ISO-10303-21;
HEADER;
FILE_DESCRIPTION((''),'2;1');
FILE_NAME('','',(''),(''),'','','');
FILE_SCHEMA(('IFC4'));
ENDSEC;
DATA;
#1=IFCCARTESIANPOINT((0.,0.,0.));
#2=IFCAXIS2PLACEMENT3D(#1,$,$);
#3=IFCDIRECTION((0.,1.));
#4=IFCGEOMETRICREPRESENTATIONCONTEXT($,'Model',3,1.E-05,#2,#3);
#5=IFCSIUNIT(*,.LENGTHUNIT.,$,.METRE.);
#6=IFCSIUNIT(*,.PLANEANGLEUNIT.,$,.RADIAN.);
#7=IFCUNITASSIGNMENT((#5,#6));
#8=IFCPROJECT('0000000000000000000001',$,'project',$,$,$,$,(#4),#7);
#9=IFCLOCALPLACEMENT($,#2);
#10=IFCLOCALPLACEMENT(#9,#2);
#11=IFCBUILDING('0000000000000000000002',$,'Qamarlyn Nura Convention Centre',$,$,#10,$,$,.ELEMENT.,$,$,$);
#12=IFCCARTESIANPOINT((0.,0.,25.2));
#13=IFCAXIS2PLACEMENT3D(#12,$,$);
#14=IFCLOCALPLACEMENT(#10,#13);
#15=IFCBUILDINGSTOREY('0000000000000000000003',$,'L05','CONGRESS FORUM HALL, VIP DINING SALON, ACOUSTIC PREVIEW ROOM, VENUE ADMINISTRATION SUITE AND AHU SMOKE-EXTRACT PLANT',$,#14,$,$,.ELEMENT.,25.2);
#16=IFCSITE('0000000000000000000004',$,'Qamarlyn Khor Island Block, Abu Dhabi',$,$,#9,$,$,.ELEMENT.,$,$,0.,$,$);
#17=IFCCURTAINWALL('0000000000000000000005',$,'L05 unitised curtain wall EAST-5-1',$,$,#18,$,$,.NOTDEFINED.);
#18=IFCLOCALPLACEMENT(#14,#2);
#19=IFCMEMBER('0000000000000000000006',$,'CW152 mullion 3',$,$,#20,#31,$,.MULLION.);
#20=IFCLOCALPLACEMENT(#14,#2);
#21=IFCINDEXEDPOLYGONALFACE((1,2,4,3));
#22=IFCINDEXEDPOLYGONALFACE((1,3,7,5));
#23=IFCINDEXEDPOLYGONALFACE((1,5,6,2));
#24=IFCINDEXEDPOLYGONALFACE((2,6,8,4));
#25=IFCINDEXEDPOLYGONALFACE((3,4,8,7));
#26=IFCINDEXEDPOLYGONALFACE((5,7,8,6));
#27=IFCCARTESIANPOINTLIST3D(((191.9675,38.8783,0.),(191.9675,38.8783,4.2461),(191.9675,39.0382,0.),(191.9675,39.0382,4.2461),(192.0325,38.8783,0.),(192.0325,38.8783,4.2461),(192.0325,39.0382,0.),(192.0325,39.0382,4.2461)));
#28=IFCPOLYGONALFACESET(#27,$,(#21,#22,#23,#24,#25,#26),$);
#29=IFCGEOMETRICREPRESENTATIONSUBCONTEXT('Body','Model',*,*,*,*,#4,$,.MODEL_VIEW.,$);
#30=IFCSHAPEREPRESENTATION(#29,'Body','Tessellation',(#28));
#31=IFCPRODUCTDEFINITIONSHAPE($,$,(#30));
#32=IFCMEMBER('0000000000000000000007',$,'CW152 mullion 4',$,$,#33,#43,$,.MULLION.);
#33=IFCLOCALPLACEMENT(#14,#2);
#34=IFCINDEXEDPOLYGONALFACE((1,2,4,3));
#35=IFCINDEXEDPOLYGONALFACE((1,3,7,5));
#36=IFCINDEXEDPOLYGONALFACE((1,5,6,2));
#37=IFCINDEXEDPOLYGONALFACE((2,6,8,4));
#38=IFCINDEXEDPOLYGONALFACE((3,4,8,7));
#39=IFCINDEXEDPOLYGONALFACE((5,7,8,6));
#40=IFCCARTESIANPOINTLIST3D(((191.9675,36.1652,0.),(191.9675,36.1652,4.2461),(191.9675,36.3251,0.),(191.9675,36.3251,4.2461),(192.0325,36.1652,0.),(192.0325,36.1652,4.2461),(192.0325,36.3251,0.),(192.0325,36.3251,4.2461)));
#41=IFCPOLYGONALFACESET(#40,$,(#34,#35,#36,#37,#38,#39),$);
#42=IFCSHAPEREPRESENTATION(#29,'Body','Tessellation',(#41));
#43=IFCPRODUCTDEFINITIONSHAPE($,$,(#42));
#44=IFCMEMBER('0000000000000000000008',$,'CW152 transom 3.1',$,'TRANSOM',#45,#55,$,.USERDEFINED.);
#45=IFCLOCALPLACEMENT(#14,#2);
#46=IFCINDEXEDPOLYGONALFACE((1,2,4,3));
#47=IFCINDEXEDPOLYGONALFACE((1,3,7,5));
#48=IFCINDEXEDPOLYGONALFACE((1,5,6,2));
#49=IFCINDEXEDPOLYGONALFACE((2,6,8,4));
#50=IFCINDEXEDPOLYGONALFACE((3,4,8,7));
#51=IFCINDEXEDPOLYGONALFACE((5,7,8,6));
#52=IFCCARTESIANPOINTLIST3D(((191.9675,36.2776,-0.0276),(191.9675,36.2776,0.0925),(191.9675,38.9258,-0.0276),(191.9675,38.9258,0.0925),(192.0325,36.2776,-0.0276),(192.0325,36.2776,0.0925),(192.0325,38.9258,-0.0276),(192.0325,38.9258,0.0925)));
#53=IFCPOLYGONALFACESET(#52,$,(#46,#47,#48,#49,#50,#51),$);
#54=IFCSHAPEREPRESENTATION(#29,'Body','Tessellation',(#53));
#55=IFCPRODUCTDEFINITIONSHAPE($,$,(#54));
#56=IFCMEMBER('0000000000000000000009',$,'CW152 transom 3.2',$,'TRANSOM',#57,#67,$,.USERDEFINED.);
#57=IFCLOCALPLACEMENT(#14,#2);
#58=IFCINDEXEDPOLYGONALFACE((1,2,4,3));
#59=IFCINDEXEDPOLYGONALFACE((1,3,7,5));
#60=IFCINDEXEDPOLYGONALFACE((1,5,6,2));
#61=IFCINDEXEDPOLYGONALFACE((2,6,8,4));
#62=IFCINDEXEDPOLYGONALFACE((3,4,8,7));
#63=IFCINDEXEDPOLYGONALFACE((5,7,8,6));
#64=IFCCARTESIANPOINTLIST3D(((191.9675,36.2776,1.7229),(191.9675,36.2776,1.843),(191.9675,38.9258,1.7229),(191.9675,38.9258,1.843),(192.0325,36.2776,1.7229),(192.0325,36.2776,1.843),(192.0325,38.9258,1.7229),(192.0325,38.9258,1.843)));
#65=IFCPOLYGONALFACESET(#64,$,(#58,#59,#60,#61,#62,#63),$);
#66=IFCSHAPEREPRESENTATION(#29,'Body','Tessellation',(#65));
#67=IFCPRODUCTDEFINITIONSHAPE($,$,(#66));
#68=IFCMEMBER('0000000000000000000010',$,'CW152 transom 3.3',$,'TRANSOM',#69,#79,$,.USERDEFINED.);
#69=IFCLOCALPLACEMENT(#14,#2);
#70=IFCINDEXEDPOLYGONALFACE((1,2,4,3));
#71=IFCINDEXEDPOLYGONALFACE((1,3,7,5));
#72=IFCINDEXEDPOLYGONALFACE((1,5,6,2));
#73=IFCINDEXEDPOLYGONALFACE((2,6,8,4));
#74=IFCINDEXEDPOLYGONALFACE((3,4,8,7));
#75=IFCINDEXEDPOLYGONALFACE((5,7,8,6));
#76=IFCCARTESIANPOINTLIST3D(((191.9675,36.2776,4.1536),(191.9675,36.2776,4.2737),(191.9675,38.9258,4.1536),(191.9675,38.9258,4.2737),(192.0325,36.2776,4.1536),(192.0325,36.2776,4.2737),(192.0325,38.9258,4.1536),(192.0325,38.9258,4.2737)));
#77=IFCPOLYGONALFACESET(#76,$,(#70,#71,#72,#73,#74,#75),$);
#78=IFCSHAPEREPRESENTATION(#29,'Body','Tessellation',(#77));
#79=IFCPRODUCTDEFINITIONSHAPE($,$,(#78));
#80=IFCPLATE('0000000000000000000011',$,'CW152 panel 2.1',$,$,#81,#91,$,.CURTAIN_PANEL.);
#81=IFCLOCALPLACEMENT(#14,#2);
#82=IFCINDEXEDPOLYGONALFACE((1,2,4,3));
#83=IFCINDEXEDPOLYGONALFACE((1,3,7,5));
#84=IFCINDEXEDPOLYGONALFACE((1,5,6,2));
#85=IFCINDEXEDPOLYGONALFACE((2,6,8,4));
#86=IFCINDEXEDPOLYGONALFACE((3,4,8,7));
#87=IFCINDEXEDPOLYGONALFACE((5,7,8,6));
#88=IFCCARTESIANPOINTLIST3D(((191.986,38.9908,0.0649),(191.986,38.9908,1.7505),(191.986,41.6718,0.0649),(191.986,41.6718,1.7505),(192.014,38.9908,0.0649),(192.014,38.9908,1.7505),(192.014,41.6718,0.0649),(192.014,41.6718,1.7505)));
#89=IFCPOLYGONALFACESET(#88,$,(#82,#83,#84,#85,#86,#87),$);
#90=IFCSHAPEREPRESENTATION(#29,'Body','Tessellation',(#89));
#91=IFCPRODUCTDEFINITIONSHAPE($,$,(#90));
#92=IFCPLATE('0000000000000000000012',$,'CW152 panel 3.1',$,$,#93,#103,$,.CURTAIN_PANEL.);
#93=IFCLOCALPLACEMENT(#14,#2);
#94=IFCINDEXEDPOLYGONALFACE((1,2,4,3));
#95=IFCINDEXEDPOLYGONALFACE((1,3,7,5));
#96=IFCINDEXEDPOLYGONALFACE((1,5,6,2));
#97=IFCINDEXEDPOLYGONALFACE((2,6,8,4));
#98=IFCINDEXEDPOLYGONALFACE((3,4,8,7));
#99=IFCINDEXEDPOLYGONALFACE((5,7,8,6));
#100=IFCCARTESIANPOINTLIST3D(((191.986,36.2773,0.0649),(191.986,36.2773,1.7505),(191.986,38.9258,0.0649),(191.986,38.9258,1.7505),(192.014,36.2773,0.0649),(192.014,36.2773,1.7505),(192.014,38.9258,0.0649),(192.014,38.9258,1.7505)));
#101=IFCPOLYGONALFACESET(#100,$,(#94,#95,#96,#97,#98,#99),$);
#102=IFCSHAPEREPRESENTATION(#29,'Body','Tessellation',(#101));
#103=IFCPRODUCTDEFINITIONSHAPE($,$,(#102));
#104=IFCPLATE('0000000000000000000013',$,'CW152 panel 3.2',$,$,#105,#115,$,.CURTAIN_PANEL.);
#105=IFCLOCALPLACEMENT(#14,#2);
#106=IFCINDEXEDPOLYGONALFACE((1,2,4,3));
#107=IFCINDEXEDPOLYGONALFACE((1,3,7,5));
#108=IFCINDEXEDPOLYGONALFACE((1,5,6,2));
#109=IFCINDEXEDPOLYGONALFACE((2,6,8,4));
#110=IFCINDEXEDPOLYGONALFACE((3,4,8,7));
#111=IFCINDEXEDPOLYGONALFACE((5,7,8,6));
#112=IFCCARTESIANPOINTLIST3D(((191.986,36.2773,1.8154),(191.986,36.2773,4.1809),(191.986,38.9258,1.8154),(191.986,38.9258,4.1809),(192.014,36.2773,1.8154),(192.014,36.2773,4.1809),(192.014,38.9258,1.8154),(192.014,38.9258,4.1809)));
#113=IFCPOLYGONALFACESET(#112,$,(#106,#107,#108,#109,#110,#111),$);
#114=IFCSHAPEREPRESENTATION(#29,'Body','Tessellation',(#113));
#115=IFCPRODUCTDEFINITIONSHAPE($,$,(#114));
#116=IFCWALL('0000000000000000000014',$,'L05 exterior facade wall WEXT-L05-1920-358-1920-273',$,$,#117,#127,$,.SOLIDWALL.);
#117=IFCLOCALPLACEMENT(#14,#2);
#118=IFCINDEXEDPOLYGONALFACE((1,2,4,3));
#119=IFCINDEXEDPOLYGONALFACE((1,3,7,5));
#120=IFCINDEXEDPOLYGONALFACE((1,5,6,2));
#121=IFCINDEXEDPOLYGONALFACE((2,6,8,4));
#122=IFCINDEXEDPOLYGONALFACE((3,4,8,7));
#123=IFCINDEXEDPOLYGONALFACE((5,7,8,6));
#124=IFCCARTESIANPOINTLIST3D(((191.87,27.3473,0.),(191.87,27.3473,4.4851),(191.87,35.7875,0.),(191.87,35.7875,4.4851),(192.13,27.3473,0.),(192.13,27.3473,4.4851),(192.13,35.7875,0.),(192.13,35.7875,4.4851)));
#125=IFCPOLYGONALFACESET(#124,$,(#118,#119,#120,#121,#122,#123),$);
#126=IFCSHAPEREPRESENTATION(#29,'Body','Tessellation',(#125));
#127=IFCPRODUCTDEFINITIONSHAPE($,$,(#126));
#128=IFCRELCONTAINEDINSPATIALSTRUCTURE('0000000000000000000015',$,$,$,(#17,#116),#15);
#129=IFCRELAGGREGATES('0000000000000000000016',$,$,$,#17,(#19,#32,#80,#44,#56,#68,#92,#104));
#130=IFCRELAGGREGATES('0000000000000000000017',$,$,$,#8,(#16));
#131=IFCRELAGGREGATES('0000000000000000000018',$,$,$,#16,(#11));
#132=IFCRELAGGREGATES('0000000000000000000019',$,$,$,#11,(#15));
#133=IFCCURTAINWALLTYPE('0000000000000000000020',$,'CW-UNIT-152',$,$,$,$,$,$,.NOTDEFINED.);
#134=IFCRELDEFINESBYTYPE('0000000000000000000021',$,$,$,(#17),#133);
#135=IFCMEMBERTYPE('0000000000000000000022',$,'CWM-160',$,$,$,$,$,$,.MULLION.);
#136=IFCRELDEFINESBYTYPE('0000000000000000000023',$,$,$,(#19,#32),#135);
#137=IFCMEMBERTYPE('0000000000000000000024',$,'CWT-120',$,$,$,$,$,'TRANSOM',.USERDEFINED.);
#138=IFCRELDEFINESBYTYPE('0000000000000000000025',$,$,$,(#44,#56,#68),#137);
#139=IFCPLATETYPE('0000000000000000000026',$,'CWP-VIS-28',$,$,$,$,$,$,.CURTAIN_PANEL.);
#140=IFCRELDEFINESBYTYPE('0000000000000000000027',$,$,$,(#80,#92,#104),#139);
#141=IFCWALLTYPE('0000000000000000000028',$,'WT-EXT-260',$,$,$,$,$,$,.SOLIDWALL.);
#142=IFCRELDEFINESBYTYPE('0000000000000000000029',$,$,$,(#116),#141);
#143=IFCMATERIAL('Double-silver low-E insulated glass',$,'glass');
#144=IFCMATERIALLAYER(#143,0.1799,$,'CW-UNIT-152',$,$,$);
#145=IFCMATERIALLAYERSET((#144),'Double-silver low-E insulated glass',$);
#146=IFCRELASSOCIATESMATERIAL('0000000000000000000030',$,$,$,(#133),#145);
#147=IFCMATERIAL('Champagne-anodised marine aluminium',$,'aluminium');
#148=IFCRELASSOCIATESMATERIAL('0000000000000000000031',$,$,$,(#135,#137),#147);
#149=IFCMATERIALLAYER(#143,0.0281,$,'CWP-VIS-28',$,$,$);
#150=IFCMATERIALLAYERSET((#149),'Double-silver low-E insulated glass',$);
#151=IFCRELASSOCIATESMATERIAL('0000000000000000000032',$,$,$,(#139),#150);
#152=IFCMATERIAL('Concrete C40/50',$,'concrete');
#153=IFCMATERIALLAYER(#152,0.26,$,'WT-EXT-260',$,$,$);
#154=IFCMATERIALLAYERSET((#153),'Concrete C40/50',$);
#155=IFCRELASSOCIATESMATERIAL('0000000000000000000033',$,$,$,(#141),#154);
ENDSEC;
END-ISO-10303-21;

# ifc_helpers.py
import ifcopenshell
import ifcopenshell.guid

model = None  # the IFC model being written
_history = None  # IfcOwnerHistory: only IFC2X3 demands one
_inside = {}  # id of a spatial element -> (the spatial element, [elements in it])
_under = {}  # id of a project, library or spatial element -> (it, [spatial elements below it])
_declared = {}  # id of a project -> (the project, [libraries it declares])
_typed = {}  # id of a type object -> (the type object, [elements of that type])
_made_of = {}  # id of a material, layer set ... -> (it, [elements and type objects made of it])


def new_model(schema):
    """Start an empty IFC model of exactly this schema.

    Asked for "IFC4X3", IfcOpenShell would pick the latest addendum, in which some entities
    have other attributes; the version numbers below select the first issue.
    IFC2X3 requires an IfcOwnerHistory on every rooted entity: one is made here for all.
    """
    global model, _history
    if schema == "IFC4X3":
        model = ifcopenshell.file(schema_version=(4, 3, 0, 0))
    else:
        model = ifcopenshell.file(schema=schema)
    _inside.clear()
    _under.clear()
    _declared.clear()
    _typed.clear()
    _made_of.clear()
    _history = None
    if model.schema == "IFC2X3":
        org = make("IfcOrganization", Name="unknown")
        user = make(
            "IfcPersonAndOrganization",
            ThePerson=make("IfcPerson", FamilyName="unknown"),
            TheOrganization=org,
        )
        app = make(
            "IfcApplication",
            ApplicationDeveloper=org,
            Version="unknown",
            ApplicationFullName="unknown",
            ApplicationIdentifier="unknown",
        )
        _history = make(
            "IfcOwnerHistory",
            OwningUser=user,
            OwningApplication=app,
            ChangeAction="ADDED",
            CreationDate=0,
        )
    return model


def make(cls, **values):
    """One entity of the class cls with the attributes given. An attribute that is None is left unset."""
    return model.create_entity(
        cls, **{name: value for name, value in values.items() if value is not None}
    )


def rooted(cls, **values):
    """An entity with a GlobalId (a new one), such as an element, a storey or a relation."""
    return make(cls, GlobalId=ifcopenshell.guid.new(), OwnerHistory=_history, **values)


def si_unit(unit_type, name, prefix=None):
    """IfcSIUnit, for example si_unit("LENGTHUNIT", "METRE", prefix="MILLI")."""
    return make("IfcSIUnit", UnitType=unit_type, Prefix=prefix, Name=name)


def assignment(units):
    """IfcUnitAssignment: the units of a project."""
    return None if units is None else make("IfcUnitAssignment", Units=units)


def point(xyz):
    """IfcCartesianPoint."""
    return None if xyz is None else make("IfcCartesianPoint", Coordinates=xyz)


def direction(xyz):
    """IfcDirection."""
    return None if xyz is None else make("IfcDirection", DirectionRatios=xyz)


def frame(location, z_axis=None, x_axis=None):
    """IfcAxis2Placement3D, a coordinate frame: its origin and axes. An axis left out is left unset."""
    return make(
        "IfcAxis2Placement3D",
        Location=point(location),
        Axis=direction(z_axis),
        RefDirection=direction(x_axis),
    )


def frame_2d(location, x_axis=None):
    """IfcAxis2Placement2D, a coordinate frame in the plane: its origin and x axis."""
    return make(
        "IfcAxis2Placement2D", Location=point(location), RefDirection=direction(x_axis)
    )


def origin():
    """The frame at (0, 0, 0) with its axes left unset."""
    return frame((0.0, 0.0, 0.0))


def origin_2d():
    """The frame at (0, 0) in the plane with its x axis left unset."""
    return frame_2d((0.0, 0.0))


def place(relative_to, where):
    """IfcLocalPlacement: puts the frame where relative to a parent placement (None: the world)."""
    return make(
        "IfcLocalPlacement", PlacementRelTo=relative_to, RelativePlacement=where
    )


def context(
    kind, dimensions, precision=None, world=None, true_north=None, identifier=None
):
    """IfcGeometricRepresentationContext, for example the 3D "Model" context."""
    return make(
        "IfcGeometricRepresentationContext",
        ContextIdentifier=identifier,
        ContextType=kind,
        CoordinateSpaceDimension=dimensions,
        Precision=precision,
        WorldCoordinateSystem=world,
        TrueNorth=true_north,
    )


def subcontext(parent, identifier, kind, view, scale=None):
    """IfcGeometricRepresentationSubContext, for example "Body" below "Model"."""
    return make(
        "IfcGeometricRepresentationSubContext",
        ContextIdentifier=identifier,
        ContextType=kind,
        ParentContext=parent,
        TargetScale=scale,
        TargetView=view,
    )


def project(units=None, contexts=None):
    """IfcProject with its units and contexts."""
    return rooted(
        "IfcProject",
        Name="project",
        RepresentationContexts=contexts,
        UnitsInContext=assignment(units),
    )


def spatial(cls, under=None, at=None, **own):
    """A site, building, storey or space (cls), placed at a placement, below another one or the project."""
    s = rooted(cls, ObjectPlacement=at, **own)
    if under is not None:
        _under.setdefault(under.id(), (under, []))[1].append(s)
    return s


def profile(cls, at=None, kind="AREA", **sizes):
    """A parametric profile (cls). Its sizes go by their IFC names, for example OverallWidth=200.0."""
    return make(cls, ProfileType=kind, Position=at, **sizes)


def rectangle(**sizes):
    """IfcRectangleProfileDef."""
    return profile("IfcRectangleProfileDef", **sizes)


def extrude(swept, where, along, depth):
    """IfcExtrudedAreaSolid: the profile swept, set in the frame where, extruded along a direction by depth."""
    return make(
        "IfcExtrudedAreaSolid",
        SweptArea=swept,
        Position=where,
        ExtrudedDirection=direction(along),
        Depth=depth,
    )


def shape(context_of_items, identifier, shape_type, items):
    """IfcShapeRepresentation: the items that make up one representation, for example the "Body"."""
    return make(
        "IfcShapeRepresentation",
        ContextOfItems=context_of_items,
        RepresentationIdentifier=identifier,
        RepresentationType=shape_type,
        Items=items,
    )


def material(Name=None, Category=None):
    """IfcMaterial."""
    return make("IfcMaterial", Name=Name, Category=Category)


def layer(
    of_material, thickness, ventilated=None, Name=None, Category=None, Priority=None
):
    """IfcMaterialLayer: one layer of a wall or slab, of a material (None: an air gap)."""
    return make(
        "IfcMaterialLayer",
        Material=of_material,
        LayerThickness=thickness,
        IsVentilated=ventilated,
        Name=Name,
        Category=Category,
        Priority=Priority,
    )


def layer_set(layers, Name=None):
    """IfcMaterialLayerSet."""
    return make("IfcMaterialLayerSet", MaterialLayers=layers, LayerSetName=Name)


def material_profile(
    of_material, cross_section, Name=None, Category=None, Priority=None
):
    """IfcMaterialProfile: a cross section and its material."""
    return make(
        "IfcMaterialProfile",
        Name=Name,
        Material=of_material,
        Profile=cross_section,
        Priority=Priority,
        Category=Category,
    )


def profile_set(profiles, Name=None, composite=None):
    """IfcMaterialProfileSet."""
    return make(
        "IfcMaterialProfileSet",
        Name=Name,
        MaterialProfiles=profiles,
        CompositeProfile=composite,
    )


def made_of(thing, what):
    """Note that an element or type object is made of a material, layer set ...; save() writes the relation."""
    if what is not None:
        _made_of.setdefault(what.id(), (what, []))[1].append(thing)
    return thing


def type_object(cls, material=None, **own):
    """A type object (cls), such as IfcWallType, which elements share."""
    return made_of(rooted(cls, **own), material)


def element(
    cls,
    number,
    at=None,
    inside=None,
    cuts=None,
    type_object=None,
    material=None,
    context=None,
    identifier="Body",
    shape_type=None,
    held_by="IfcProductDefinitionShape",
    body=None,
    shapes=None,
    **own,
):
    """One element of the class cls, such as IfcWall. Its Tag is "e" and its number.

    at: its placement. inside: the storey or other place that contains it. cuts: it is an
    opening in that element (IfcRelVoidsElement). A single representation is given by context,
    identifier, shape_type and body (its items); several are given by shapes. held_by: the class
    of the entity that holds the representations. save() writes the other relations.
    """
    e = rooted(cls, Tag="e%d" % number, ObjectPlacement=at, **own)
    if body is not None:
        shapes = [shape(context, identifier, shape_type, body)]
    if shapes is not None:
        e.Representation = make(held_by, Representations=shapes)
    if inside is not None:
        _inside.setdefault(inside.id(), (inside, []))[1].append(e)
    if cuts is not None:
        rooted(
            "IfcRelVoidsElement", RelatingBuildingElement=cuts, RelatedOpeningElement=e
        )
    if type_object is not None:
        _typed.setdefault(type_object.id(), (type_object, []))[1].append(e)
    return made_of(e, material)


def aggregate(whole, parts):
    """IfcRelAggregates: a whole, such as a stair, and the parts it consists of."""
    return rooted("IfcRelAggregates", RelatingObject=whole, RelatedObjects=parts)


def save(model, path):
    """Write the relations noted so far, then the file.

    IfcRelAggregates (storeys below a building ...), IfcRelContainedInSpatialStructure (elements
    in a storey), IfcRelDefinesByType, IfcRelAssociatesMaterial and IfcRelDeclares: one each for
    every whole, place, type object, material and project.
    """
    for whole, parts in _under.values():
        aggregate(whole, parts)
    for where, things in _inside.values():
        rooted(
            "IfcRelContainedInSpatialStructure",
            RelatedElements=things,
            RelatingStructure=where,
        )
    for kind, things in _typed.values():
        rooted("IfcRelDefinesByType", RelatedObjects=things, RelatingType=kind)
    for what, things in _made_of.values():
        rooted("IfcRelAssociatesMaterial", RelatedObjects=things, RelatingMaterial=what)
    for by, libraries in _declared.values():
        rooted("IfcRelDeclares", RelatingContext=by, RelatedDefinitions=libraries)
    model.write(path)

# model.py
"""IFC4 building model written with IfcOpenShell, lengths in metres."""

from ifc_helpers import new_model, si_unit, direction, frame, frame_2d, origin, origin_2d, place, context, subcontext, project, spatial, rectangle, extrude, material, layer, layer_set, material_profile, profile_set, type_object, element, aggregate, save


model = new_model("IFC4")

# Units and contexts
model_context = context("Model", 3, precision=1e-05, world=origin(), true_north=direction((0.0, 1.0)))
body_context = subcontext(model_context, "Body", "Model", "MODEL_VIEW")
ifc_project = project(units=[si_unit("LENGTHUNIT", "METRE"), si_unit("PLANEANGLEUNIT", "RADIAN")], contexts=[model_context])

# Site, building, storey
site_placement = place(None, origin())
site = spatial("IfcSite", under=ifc_project, at=site_placement, Name="Qamarlyn Khor Island Block, Abu Dhabi", CompositionType="ELEMENT", RefElevation=0.0)
building_placement = place(site_placement, origin())
building = spatial("IfcBuilding", under=site, at=building_placement, Name="Qamarlyn Nura Convention Centre", CompositionType="ELEMENT")
storey_placement = place(building_placement, frame((0.0, 0.0, 25.2)))
storey = spatial("IfcBuildingStorey", under=building, at=storey_placement, Name="L05", Description="CONGRESS FORUM HALL, VIP DINING SALON, ACOUSTIC PREVIEW ROOM, VENUE ADMINISTRATION SUITE AND AHU SMOKE-EXTRACT PLANT", CompositionType="ELEMENT", Elevation=25.2)

# Curtain wall, members, plates
ifc_material_1 = material(Name="Double-silver low-E insulated glass", Category="glass")
ifc_layer_1 = layer(ifc_material_1, 0.1799, Name="CW-UNIT-152")
ifc_layer_set_1 = layer_set([ifc_layer_1], Name="Double-silver low-E insulated glass")
curtain_wall_type = type_object("IfcCurtainWallType", Name="CW-UNIT-152", PredefinedType="NOTDEFINED", material=ifc_layer_set_1)
curtain_wall_placement = place(storey_placement, origin())
curtain_wall = element("IfcCurtainWall", 1, at=curtain_wall_placement, inside=storey, type_object=curtain_wall_type, Name="L05 unitised curtain wall EAST-5-1", PredefinedType="NOTDEFINED")
ifc_material_2 = material(Name="Champagne-anodised marine aluminium", Category="aluminium")
ifc_material_profile_1 = material_profile(ifc_material_2, rectangle(XDim=0.0649, YDim=0.1599, at=origin_2d()), Name="ALU MULLION 65x160")
ifc_profile_set_1 = profile_set([ifc_material_profile_1], Name="Champagne-anodised marine aluminium")
member_type_1 = type_object("IfcMemberType", Name="CWM-160", PredefinedType="MULLION", material=ifc_profile_set_1)
member_1_placement = place(storey_placement, frame((192.0, 38.9583, 0.0), z_axis=(0.0, 0.0, 1.0), x_axis=(1.0, 0.0, 0.0)))
member_1 = element("IfcMember", 2, at=member_1_placement, type_object=member_type_1, Name="CW152 mullion 3", PredefinedType="MULLION", context=body_context, shape_type="SweptSolid", body=[
    extrude(rectangle(XDim=0.0649, YDim=0.1599, at=origin_2d()), origin(), (0.0, 0.0, 1.0), 4.2461),
])
member_2_placement = place(storey_placement, frame((192.0, 36.2451, 0.0), z_axis=(0.0, 0.0, 1.0), x_axis=(1.0, 0.0, 0.0)))
member_2 = element("IfcMember", 3, at=member_2_placement, type_object=member_type_1, Name="CW152 mullion 4", PredefinedType="MULLION", context=body_context, shape_type="SweptSolid", body=[
    extrude(rectangle(XDim=0.0649, YDim=0.1599, at=origin_2d()), origin(), (0.0, 0.0, 1.0), 4.2461),
])
ifc_material_profile_2 = material_profile(ifc_material_2, rectangle(XDim=0.0649, YDim=0.1201, at=origin_2d()), Name="ALU TRANSOM 65x120")
ifc_profile_set_2 = profile_set([ifc_material_profile_2], Name="Champagne-anodised marine aluminium")
member_type_2 = type_object("IfcMemberType", Name="CWT-120", ElementType="TRANSOM", PredefinedType="USERDEFINED", material=ifc_profile_set_2)
member_3_placement = place(storey_placement, frame((192.0, 38.9258, 0.0325), z_axis=(0.0, -1.0, 0.0), x_axis=(1.0, 0.0, 0.0)))
member_3 = element("IfcMember", 4, at=member_3_placement, type_object=member_type_2, Name="CW152 transom 3.1", ObjectType="TRANSOM", PredefinedType="USERDEFINED", context=body_context, shape_type="SweptSolid", body=[
    extrude(rectangle(XDim=0.0649, YDim=0.1201, at=origin_2d()), origin(), (0.0, 0.0, 1.0), 2.6482),
])
member_4_placement = place(storey_placement, frame((192.0, 38.9258, 1.783), z_axis=(0.0, -1.0, 0.0), x_axis=(1.0, 0.0, 0.0)))
member_4 = element("IfcMember", 5, at=member_4_placement, type_object=member_type_2, Name="CW152 transom 3.2", ObjectType="TRANSOM", PredefinedType="USERDEFINED", context=body_context, shape_type="SweptSolid", body=[
    extrude(rectangle(XDim=0.0649, YDim=0.1201, at=origin_2d()), origin(), (0.0, 0.0, 1.0), 2.6482),
])
member_5_placement = place(storey_placement, frame((192.0, 38.9258, 4.2136), z_axis=(0.0, -1.0, 0.0), x_axis=(1.0, 0.0, 0.0)))
member_5 = element("IfcMember", 6, at=member_5_placement, type_object=member_type_2, Name="CW152 transom 3.3", ObjectType="TRANSOM", PredefinedType="USERDEFINED", context=body_context, shape_type="SweptSolid", body=[
    extrude(rectangle(XDim=0.0649, YDim=0.1201, at=origin_2d()), origin(), (0.0, 0.0, 1.0), 2.6482),
])
ifc_layer_2 = layer(ifc_material_1, 0.0281, Name="CWP-VIS-28")
ifc_layer_set_2 = layer_set([ifc_layer_2], Name="Double-silver low-E insulated glass")
plate_type = type_object("IfcPlateType", Name="CWP-VIS-28", PredefinedType="CURTAIN_PANEL", material=ifc_layer_set_2)
plate_1_placement = place(storey_placement, frame((192.0, 40.3313, 0.0649), z_axis=(0.0, 0.0, 1.0), x_axis=(0.0, -1.0, 0.0)))
plate_1 = element("IfcPlate", 7, at=plate_1_placement, type_object=plate_type, Name="CW152 panel 2.1", PredefinedType="CURTAIN_PANEL", context=body_context, shape_type="SweptSolid", body=[
    extrude(rectangle(XDim=2.6809, YDim=0.0281, at=origin_2d()), origin(), (0.0, 0.0, 1.0), 1.6855),
])
plate_2_placement = place(storey_placement, frame((192.0, 37.6016, 0.0649), z_axis=(0.0, 0.0, 1.0), x_axis=(0.0, -1.0, 0.0)))
plate_2 = element("IfcPlate", 8, at=plate_2_placement, type_object=plate_type, Name="CW152 panel 3.1", PredefinedType="CURTAIN_PANEL", context=body_context, shape_type="SweptSolid", body=[
    extrude(rectangle(XDim=2.6484, YDim=0.0281, at=origin_2d()), origin(), (0.0, 0.0, 1.0), 1.6855),
])
plate_3_placement = place(storey_placement, frame((192.0, 37.6016, 1.8154), z_axis=(0.0, 0.0, 1.0), x_axis=(0.0, -1.0, 0.0)))
plate_3 = element("IfcPlate", 9, at=plate_3_placement, type_object=plate_type, Name="CW152 panel 3.2", PredefinedType="CURTAIN_PANEL", context=body_context, shape_type="SweptSolid", body=[
    extrude(rectangle(XDim=2.6484, YDim=0.0281, at=origin_2d()), origin(), (0.0, 0.0, 1.0), 2.3655),
])
aggregate(curtain_wall, [member_1, member_2, plate_1, member_3, member_4, member_5, plate_2, plate_3])

# Wall
ifc_material_3 = material(Name="Concrete C40/50", Category="concrete")
ifc_layer_3 = layer(ifc_material_3, 0.26, Name="WT-EXT-260")
ifc_layer_set_3 = layer_set([ifc_layer_3], Name="Concrete C40/50")
wall_type = type_object("IfcWallType", Name="WT-EXT-260", PredefinedType="SOLIDWALL", material=ifc_layer_set_3)
wall_placement = place(storey_placement, frame((192.0, 35.7876, 0.0), z_axis=(0.0, 0.0, 1.0), x_axis=(0.0, -1.0, 0.0)))
element("IfcWall", 10, at=wall_placement, inside=storey, type_object=wall_type, Name="L05 exterior facade wall WEXT-L05-1920-358-1920-273", PredefinedType="SOLIDWALL", context=body_context, shape_type="SweptSolid", body=[
    extrude(rectangle(XDim=8.4402, YDim=0.26, at=frame_2d((4.2202, 0.0))), origin(), (0.0, 0.0, 1.0), 4.4851),
])

save(model, "model.ifc")
